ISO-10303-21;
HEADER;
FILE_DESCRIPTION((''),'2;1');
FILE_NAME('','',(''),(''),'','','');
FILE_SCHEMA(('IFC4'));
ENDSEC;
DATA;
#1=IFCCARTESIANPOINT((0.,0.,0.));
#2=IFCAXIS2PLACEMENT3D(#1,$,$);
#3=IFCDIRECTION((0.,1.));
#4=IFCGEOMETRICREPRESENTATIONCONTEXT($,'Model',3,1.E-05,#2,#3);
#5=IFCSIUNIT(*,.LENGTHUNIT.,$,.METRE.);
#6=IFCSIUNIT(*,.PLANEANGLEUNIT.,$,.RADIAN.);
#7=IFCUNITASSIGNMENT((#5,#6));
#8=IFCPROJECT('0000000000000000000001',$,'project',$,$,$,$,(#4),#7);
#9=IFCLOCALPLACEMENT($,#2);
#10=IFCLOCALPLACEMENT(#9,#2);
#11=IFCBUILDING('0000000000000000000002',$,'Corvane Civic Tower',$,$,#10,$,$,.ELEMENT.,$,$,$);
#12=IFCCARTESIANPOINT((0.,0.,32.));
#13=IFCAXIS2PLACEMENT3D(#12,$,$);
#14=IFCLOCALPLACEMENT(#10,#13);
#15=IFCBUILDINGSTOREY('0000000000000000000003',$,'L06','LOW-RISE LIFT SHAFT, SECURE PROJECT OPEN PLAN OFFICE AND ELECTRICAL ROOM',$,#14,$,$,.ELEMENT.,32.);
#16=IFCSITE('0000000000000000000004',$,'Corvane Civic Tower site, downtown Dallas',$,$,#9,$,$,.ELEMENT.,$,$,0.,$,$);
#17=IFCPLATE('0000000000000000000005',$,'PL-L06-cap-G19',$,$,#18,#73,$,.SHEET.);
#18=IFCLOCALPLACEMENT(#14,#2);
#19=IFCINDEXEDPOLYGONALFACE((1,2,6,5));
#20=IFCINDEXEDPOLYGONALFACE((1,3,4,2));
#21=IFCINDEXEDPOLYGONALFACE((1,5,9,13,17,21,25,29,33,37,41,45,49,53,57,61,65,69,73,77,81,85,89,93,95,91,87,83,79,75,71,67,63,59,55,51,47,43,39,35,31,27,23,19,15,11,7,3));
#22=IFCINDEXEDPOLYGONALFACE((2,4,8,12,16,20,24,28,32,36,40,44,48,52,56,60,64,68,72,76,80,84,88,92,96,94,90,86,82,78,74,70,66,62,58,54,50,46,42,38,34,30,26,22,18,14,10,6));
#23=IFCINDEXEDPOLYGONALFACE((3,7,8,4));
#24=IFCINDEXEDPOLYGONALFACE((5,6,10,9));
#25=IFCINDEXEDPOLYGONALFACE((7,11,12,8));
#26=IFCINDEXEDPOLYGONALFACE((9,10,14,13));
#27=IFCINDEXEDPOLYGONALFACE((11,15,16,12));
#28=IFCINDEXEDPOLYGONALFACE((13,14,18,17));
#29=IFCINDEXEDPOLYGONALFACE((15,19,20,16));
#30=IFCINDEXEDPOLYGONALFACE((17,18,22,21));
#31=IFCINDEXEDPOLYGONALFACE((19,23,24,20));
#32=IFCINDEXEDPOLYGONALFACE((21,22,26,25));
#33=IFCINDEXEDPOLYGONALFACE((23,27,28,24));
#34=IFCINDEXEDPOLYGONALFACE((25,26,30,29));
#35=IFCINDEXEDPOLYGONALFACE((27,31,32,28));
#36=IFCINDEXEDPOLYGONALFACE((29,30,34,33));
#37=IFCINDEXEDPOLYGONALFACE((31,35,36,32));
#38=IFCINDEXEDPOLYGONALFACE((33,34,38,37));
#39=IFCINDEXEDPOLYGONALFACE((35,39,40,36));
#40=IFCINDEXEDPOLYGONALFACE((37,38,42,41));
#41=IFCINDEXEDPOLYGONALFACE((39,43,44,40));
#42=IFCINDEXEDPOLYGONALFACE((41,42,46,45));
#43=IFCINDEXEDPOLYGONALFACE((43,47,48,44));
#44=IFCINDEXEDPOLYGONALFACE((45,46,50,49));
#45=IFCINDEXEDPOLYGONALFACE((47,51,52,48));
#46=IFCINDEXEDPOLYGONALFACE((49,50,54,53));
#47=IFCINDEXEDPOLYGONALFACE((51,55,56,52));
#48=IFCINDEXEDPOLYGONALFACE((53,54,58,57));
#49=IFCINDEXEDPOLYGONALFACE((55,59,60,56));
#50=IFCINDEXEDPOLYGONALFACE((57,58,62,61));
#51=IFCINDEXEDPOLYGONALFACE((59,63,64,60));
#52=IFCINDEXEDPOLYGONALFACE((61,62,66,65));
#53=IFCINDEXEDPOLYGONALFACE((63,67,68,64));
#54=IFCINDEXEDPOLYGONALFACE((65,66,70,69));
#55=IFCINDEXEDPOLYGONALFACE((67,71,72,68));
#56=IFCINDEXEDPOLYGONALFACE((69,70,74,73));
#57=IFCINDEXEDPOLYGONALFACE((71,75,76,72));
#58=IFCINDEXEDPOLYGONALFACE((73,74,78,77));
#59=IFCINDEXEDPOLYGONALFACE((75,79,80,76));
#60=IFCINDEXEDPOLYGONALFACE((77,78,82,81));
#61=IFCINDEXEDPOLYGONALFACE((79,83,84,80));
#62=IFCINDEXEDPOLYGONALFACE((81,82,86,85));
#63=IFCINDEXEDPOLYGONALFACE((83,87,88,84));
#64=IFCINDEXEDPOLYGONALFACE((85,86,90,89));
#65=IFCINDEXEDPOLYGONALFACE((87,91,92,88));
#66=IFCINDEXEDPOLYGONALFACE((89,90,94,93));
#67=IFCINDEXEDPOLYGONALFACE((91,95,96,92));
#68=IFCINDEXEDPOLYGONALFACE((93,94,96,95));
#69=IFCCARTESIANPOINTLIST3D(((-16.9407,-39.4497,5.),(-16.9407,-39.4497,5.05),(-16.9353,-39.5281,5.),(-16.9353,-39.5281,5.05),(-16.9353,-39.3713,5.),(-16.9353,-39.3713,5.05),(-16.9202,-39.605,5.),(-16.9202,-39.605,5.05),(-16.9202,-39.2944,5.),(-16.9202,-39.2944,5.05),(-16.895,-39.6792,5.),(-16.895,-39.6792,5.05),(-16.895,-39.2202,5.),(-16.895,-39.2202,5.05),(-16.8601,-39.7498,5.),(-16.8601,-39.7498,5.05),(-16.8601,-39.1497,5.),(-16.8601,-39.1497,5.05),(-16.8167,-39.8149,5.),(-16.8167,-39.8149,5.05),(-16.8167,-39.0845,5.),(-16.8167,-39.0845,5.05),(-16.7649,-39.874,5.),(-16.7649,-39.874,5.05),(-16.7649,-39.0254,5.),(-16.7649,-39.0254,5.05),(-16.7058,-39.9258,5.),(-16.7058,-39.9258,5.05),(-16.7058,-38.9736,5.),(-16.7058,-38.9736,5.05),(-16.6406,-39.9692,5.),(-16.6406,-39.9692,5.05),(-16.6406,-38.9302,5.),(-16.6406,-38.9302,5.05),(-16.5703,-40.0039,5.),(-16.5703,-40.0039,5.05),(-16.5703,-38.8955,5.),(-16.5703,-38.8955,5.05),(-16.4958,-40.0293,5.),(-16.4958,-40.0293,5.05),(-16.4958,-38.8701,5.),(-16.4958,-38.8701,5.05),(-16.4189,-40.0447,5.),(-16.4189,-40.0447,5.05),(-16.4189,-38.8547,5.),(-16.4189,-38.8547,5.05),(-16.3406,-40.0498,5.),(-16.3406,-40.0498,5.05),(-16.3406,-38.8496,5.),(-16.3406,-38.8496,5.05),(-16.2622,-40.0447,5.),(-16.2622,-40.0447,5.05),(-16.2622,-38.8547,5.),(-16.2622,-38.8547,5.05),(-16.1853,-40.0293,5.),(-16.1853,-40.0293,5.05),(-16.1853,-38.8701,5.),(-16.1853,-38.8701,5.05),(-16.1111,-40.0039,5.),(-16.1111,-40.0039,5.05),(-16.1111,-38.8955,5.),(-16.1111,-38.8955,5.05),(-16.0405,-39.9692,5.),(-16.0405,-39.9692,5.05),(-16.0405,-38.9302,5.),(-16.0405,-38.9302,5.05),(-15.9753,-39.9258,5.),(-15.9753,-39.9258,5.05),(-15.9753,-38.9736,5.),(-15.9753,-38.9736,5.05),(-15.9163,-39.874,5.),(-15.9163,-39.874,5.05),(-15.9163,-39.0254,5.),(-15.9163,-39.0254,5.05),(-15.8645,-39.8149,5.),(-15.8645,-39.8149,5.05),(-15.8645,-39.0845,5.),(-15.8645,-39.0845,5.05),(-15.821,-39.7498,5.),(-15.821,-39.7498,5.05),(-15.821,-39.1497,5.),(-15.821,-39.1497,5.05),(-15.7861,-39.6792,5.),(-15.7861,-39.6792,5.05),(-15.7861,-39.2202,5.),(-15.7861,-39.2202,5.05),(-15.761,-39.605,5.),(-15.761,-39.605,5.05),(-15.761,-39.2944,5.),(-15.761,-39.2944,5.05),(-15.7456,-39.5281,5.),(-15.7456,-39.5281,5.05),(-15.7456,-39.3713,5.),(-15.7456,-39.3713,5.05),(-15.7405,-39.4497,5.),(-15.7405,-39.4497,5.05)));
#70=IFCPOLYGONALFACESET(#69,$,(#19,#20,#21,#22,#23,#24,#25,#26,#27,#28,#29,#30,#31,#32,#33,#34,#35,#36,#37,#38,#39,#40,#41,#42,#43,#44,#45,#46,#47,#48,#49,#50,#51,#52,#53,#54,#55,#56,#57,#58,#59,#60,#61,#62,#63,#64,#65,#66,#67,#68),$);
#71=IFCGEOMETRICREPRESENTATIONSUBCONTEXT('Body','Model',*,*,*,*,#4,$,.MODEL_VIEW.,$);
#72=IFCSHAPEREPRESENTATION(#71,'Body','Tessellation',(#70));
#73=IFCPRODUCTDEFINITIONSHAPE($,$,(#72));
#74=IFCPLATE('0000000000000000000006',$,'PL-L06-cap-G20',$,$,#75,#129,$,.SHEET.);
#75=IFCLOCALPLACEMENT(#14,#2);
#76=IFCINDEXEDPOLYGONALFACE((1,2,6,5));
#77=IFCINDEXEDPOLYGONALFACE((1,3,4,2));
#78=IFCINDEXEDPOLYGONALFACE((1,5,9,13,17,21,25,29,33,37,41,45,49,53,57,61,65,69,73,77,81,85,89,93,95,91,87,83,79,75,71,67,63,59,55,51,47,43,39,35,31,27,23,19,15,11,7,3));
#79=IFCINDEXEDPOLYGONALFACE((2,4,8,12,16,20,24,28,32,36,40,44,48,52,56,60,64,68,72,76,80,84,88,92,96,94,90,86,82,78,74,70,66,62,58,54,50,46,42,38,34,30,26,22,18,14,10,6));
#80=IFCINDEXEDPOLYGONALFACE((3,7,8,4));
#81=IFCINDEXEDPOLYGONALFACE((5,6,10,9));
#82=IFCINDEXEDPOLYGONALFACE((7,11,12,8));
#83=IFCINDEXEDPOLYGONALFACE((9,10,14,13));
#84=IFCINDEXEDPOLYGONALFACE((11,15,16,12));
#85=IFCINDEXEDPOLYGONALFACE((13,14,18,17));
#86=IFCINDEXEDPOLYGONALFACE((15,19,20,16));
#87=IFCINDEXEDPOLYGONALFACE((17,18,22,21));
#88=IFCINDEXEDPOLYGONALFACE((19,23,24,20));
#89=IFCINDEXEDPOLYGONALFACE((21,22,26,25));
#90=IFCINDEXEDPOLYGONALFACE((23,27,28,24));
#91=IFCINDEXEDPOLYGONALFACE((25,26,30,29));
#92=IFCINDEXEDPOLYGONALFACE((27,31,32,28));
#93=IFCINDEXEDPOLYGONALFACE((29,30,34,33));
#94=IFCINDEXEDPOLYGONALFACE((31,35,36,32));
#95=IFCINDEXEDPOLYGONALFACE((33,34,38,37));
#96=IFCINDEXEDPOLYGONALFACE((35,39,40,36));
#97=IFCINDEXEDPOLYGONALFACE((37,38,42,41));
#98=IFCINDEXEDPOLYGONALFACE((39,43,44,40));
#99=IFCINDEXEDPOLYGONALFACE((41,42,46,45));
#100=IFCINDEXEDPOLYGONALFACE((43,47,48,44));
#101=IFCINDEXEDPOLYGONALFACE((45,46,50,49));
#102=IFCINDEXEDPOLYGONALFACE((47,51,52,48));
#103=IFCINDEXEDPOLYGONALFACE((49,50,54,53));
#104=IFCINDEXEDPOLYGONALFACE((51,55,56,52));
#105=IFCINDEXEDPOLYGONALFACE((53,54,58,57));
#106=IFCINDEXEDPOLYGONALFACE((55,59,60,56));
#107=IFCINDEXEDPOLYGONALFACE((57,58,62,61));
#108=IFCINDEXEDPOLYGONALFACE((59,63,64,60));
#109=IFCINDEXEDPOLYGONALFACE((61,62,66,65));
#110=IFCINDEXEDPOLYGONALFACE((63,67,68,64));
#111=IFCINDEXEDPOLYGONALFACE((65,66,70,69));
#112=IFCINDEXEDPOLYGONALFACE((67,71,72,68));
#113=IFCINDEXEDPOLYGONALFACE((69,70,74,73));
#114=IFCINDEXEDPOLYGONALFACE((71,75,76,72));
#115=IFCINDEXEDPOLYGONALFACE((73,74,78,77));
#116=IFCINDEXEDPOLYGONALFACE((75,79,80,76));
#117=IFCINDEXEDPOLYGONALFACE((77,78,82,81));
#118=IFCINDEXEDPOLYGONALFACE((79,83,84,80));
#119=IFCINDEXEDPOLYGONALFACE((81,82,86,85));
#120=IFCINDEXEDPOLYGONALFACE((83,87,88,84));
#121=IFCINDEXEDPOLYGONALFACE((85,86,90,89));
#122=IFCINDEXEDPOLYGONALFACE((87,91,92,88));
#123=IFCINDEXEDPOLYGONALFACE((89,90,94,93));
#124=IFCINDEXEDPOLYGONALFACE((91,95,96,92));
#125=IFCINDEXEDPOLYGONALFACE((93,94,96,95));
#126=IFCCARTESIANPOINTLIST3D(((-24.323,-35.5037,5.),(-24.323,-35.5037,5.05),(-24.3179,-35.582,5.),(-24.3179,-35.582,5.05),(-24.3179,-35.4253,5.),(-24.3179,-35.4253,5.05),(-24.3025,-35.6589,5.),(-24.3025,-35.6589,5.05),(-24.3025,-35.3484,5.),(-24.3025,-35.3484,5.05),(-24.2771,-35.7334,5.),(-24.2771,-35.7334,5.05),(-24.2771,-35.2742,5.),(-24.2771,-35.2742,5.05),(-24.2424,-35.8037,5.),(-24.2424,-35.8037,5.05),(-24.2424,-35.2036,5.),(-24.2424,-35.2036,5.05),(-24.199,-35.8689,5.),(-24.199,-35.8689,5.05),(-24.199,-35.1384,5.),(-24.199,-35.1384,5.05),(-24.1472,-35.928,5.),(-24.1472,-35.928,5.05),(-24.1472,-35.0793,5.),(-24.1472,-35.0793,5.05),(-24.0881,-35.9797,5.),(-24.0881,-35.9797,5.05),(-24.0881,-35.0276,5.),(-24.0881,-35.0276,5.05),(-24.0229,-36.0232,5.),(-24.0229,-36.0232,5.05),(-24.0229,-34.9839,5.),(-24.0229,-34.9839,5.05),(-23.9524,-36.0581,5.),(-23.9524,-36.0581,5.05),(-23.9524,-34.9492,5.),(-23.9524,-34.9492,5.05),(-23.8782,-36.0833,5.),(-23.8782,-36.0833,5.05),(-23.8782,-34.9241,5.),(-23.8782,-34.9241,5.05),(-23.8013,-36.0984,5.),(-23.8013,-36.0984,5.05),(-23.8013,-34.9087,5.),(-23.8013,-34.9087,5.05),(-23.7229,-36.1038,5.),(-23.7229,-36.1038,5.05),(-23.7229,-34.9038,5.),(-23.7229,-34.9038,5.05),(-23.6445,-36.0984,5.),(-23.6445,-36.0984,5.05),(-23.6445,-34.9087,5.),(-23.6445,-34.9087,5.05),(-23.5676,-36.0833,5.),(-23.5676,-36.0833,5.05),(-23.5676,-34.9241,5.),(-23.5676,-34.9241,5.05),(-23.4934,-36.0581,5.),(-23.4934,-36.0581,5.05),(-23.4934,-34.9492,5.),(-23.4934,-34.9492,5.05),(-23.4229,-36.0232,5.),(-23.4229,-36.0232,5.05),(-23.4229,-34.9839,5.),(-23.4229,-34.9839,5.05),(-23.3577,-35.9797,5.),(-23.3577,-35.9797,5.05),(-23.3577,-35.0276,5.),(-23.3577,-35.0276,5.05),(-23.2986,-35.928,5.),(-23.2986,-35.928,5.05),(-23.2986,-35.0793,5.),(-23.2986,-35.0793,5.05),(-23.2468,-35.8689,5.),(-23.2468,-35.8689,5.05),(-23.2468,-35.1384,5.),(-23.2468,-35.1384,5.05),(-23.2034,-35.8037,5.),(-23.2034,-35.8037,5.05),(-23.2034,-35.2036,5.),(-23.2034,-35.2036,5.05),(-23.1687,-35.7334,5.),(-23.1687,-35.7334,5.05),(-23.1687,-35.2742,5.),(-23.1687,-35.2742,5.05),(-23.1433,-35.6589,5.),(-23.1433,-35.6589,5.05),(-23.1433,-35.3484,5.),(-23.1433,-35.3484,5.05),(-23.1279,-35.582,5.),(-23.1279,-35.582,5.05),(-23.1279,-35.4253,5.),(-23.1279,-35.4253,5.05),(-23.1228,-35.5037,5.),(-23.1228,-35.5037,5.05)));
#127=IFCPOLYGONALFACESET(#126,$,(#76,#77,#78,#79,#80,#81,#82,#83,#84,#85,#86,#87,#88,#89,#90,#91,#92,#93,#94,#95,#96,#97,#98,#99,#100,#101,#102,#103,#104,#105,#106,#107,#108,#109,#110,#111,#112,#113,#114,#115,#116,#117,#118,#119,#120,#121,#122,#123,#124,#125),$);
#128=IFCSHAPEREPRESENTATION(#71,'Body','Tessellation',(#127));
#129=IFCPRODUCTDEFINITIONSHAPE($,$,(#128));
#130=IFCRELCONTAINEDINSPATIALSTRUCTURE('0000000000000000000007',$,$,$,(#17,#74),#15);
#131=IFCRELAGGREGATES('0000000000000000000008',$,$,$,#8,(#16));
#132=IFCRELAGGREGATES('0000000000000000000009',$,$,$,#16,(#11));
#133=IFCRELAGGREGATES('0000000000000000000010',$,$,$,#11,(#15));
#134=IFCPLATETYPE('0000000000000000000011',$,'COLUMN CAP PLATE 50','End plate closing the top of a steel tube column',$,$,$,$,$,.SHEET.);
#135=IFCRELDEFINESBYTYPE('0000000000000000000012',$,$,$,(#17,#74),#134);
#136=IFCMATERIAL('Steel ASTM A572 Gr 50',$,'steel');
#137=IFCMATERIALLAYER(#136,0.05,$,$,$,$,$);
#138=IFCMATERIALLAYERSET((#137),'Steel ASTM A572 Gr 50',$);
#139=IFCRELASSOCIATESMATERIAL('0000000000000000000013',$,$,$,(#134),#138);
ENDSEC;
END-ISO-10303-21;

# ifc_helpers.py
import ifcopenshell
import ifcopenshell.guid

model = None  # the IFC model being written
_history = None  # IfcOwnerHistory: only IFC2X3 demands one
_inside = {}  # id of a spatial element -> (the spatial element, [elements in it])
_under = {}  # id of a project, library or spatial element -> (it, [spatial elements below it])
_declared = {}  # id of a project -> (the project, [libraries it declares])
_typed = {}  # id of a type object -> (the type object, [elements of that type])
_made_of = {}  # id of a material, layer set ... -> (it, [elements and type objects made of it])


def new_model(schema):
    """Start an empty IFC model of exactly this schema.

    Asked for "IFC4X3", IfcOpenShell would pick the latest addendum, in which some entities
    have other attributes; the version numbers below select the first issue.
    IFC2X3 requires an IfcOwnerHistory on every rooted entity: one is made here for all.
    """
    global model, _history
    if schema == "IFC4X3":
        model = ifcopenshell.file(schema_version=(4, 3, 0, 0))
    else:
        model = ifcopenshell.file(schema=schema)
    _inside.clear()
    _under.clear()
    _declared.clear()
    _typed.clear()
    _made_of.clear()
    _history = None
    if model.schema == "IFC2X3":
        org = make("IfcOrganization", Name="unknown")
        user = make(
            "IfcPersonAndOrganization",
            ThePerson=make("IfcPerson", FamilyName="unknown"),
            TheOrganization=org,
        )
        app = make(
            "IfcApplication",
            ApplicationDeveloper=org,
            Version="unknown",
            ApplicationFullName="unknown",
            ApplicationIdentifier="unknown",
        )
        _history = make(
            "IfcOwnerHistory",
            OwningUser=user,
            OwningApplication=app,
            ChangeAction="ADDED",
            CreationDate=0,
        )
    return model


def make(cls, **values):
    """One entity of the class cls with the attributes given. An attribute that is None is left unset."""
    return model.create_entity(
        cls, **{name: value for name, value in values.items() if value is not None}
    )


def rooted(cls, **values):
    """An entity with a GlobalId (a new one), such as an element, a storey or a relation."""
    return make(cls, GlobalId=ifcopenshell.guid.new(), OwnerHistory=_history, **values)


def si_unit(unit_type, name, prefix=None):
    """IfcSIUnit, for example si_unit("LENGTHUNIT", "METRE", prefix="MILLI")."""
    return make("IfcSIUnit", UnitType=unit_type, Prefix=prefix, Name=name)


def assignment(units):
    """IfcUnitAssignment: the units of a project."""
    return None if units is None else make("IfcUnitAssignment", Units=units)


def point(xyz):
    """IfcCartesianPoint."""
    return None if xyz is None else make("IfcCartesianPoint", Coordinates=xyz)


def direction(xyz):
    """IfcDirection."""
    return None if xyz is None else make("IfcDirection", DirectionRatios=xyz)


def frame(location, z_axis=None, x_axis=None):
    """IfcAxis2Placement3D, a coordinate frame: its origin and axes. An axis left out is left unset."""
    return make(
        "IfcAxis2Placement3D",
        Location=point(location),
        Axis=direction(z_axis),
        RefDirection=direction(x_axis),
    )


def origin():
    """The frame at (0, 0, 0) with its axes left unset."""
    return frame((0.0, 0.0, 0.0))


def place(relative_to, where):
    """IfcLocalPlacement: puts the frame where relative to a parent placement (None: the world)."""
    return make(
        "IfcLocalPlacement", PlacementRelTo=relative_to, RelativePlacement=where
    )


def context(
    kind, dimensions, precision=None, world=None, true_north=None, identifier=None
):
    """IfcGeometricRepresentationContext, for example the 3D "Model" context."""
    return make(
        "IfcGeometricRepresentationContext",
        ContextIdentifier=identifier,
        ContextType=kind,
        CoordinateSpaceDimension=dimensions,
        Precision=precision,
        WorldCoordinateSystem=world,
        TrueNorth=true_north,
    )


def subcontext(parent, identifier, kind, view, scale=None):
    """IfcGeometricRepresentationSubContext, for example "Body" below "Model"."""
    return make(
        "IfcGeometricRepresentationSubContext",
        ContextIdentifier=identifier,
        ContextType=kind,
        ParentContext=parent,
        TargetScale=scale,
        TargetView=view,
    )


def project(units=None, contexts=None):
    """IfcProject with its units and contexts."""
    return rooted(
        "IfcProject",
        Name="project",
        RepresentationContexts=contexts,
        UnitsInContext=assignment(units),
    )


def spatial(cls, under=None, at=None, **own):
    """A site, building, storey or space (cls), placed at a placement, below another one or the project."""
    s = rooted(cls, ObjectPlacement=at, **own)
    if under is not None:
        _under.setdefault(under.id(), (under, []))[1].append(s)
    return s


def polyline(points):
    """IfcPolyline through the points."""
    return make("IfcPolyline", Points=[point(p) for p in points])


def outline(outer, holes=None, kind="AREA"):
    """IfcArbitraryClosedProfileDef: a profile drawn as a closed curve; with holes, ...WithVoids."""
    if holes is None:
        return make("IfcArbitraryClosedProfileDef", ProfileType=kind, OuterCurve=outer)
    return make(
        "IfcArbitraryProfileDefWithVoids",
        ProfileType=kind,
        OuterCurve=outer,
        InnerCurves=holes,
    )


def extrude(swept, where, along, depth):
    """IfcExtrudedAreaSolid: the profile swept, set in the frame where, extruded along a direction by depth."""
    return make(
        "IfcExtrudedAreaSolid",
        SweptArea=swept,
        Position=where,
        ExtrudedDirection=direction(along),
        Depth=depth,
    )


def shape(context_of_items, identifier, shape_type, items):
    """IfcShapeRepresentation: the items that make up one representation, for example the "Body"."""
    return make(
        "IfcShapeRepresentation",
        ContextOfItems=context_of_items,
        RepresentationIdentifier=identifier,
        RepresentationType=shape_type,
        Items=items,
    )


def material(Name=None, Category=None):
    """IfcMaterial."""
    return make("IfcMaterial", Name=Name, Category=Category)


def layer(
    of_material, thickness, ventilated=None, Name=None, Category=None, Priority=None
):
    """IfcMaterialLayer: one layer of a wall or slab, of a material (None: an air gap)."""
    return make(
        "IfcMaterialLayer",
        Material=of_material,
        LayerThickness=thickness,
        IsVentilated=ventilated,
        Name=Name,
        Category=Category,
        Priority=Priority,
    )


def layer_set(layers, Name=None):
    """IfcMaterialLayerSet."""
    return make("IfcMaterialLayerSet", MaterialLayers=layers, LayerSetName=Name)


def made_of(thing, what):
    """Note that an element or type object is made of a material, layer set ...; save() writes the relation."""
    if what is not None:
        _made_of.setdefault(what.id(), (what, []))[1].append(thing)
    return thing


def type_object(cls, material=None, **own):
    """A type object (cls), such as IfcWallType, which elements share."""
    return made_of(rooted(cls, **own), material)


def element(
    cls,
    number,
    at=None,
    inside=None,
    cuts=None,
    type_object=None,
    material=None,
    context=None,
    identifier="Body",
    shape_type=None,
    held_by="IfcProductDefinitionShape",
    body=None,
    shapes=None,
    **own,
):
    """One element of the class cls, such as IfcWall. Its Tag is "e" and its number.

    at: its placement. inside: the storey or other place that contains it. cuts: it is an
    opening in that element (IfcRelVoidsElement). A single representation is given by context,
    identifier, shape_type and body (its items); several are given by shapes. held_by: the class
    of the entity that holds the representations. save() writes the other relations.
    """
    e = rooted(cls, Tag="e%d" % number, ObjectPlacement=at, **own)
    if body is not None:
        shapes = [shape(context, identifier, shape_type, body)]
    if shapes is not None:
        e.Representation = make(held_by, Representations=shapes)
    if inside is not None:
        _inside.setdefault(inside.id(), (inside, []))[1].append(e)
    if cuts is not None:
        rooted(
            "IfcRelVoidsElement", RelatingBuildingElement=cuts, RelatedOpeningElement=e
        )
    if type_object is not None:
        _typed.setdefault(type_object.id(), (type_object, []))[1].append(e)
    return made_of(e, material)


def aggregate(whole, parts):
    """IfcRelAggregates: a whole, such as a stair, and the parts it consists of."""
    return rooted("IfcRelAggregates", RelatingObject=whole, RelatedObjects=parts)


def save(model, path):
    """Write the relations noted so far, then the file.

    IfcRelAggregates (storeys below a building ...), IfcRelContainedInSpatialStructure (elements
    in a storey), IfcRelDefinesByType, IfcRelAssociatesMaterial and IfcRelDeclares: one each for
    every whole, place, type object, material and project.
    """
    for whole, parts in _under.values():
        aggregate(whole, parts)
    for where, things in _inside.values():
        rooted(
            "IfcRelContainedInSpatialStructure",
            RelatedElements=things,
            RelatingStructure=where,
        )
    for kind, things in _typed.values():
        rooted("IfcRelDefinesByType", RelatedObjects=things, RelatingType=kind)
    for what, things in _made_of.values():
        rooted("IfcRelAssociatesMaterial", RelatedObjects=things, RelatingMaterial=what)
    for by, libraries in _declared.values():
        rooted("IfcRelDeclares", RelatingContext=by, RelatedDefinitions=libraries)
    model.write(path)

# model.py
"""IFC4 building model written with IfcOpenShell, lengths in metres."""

from ifc_helpers import new_model, si_unit, direction, frame, origin, place, context, subcontext, project, spatial, polyline, outline, extrude, material, layer, layer_set, type_object, element, save


model = new_model("IFC4")

# Units and contexts
model_context = context("Model", 3, precision=1e-05, world=origin(), true_north=direction((0.0, 1.0)))
body_context = subcontext(model_context, "Body", "Model", "MODEL_VIEW")
ifc_project = project(units=[si_unit("LENGTHUNIT", "METRE"), si_unit("PLANEANGLEUNIT", "RADIAN")], contexts=[model_context])

# Site, building, storey
site_placement = place(None, origin())
site = spatial("IfcSite", under=ifc_project, at=site_placement, Name="Corvane Civic Tower site, downtown Dallas", CompositionType="ELEMENT", RefElevation=0.0)
building_placement = place(site_placement, origin())
building = spatial("IfcBuilding", under=site, at=building_placement, Name="Corvane Civic Tower", CompositionType="ELEMENT")
storey_placement = place(building_placement, frame((0.0, 0.0, 32.0)))
storey = spatial("IfcBuildingStorey", under=building, at=storey_placement, Name="L06", Description="LOW-RISE LIFT SHAFT, SECURE PROJECT OPEN PLAN OFFICE AND ELECTRICAL ROOM", CompositionType="ELEMENT", Elevation=32.0)

# Plates
ifc_material_1 = material(Name="Steel ASTM A572 Gr 50", Category="steel")
ifc_layer = layer(ifc_material_1, 0.05)
ifc_layer_set = layer_set([ifc_layer], Name="Steel ASTM A572 Gr 50")
plate_type = type_object("IfcPlateType", Name="COLUMN CAP PLATE 50", Description="End plate closing the top of a steel tube column", PredefinedType="SHEET", material=ifc_layer_set)
plate_1_placement = place(storey_placement, frame((0.0, 0.0, 5.0)))
element("IfcPlate", 1, at=plate_1_placement, inside=storey, type_object=plate_type, Name="PL-L06-cap-G19", PredefinedType="SHEET", context=body_context, shape_type="SweptSolid", body=[
    extrude(outline(polyline([(-15.7405, -39.4497), (-15.7456, -39.3713), (-15.761, -39.2944), (-15.7861, -39.2202), (-15.821, -39.1497), (-15.8645, -39.0845), (-15.9163, -39.0254), (-15.9753, -38.9736), (-16.0405, -38.9302), (-16.1111, -38.8955), (-16.1853, -38.8701), (-16.2622, -38.8547), (-16.3406, -38.8496), (-16.4189, -38.8547), (-16.4958, -38.8701), (-16.5703, -38.8955), (-16.6406, -38.9302), (-16.7058, -38.9736), (-16.7649, -39.0254), (-16.8167, -39.0845), (-16.8601, -39.1497), (-16.895, -39.2202), (-16.9202, -39.2944), (-16.9353, -39.3713), (-16.9407, -39.4497), (-16.9353, -39.5281), (-16.9202, -39.605), (-16.895, -39.6792), (-16.8601, -39.7498), (-16.8167, -39.8149), (-16.7649, -39.874), (-16.7058, -39.9258), (-16.6406, -39.9692), (-16.5703, -40.0039), (-16.4958, -40.0293), (-16.4189, -40.0447), (-16.3406, -40.0498), (-16.2622, -40.0447), (-16.1853, -40.0293), (-16.1111, -40.0039), (-16.0405, -39.9692), (-15.9753, -39.9258), (-15.9163, -39.874), (-15.8645, -39.8149), (-15.821, -39.7498), (-15.7861, -39.6792), (-15.761, -39.605), (-15.7456, -39.5281), (-15.7405, -39.4497)])), origin(), (0.0, 0.0, 1.0), 0.05),
])
plate_2_placement = place(storey_placement, frame((0.0, 0.0, 5.0)))
element("IfcPlate", 2, at=plate_2_placement, inside=storey, type_object=plate_type, Name="PL-L06-cap-G20", PredefinedType="SHEET", context=body_context, shape_type="SweptSolid", body=[
    extrude(outline(polyline([(-23.1228, -35.5037), (-23.1279, -35.4253), (-23.1433, -35.3484), (-23.1687, -35.2742), (-23.2034, -35.2036), (-23.2468, -35.1384), (-23.2986, -35.0793), (-23.3577, -35.0276), (-23.4229, -34.9839), (-23.4934, -34.9492), (-23.5676, -34.9241), (-23.6445, -34.9087), (-23.7229, -34.9038), (-23.8013, -34.9087), (-23.8782, -34.9241), (-23.9524, -34.9492), (-24.0229, -34.9839), (-24.0881, -35.0276), (-24.1472, -35.0793), (-24.199, -35.1384), (-24.2424, -35.2036), (-24.2771, -35.2742), (-24.3025, -35.3484), (-24.3179, -35.4253), (-24.323, -35.5037), (-24.3179, -35.582), (-24.3025, -35.6589), (-24.2771, -35.7334), (-24.2424, -35.8037), (-24.199, -35.8689), (-24.1472, -35.928), (-24.0881, -35.9797), (-24.0229, -36.0232), (-23.9524, -36.0581), (-23.8782, -36.0833), (-23.8013, -36.0984), (-23.7229, -36.1038), (-23.6445, -36.0984), (-23.5676, -36.0833), (-23.4934, -36.0581), (-23.4229, -36.0232), (-23.3577, -35.9797), (-23.2986, -35.928), (-23.2468, -35.8689), (-23.2034, -35.8037), (-23.1687, -35.7334), (-23.1433, -35.6589), (-23.1279, -35.582), (-23.1228, -35.5037)])), origin(), (0.0, 0.0, 1.0), 0.05),
])

save(model, "model.ifc")
